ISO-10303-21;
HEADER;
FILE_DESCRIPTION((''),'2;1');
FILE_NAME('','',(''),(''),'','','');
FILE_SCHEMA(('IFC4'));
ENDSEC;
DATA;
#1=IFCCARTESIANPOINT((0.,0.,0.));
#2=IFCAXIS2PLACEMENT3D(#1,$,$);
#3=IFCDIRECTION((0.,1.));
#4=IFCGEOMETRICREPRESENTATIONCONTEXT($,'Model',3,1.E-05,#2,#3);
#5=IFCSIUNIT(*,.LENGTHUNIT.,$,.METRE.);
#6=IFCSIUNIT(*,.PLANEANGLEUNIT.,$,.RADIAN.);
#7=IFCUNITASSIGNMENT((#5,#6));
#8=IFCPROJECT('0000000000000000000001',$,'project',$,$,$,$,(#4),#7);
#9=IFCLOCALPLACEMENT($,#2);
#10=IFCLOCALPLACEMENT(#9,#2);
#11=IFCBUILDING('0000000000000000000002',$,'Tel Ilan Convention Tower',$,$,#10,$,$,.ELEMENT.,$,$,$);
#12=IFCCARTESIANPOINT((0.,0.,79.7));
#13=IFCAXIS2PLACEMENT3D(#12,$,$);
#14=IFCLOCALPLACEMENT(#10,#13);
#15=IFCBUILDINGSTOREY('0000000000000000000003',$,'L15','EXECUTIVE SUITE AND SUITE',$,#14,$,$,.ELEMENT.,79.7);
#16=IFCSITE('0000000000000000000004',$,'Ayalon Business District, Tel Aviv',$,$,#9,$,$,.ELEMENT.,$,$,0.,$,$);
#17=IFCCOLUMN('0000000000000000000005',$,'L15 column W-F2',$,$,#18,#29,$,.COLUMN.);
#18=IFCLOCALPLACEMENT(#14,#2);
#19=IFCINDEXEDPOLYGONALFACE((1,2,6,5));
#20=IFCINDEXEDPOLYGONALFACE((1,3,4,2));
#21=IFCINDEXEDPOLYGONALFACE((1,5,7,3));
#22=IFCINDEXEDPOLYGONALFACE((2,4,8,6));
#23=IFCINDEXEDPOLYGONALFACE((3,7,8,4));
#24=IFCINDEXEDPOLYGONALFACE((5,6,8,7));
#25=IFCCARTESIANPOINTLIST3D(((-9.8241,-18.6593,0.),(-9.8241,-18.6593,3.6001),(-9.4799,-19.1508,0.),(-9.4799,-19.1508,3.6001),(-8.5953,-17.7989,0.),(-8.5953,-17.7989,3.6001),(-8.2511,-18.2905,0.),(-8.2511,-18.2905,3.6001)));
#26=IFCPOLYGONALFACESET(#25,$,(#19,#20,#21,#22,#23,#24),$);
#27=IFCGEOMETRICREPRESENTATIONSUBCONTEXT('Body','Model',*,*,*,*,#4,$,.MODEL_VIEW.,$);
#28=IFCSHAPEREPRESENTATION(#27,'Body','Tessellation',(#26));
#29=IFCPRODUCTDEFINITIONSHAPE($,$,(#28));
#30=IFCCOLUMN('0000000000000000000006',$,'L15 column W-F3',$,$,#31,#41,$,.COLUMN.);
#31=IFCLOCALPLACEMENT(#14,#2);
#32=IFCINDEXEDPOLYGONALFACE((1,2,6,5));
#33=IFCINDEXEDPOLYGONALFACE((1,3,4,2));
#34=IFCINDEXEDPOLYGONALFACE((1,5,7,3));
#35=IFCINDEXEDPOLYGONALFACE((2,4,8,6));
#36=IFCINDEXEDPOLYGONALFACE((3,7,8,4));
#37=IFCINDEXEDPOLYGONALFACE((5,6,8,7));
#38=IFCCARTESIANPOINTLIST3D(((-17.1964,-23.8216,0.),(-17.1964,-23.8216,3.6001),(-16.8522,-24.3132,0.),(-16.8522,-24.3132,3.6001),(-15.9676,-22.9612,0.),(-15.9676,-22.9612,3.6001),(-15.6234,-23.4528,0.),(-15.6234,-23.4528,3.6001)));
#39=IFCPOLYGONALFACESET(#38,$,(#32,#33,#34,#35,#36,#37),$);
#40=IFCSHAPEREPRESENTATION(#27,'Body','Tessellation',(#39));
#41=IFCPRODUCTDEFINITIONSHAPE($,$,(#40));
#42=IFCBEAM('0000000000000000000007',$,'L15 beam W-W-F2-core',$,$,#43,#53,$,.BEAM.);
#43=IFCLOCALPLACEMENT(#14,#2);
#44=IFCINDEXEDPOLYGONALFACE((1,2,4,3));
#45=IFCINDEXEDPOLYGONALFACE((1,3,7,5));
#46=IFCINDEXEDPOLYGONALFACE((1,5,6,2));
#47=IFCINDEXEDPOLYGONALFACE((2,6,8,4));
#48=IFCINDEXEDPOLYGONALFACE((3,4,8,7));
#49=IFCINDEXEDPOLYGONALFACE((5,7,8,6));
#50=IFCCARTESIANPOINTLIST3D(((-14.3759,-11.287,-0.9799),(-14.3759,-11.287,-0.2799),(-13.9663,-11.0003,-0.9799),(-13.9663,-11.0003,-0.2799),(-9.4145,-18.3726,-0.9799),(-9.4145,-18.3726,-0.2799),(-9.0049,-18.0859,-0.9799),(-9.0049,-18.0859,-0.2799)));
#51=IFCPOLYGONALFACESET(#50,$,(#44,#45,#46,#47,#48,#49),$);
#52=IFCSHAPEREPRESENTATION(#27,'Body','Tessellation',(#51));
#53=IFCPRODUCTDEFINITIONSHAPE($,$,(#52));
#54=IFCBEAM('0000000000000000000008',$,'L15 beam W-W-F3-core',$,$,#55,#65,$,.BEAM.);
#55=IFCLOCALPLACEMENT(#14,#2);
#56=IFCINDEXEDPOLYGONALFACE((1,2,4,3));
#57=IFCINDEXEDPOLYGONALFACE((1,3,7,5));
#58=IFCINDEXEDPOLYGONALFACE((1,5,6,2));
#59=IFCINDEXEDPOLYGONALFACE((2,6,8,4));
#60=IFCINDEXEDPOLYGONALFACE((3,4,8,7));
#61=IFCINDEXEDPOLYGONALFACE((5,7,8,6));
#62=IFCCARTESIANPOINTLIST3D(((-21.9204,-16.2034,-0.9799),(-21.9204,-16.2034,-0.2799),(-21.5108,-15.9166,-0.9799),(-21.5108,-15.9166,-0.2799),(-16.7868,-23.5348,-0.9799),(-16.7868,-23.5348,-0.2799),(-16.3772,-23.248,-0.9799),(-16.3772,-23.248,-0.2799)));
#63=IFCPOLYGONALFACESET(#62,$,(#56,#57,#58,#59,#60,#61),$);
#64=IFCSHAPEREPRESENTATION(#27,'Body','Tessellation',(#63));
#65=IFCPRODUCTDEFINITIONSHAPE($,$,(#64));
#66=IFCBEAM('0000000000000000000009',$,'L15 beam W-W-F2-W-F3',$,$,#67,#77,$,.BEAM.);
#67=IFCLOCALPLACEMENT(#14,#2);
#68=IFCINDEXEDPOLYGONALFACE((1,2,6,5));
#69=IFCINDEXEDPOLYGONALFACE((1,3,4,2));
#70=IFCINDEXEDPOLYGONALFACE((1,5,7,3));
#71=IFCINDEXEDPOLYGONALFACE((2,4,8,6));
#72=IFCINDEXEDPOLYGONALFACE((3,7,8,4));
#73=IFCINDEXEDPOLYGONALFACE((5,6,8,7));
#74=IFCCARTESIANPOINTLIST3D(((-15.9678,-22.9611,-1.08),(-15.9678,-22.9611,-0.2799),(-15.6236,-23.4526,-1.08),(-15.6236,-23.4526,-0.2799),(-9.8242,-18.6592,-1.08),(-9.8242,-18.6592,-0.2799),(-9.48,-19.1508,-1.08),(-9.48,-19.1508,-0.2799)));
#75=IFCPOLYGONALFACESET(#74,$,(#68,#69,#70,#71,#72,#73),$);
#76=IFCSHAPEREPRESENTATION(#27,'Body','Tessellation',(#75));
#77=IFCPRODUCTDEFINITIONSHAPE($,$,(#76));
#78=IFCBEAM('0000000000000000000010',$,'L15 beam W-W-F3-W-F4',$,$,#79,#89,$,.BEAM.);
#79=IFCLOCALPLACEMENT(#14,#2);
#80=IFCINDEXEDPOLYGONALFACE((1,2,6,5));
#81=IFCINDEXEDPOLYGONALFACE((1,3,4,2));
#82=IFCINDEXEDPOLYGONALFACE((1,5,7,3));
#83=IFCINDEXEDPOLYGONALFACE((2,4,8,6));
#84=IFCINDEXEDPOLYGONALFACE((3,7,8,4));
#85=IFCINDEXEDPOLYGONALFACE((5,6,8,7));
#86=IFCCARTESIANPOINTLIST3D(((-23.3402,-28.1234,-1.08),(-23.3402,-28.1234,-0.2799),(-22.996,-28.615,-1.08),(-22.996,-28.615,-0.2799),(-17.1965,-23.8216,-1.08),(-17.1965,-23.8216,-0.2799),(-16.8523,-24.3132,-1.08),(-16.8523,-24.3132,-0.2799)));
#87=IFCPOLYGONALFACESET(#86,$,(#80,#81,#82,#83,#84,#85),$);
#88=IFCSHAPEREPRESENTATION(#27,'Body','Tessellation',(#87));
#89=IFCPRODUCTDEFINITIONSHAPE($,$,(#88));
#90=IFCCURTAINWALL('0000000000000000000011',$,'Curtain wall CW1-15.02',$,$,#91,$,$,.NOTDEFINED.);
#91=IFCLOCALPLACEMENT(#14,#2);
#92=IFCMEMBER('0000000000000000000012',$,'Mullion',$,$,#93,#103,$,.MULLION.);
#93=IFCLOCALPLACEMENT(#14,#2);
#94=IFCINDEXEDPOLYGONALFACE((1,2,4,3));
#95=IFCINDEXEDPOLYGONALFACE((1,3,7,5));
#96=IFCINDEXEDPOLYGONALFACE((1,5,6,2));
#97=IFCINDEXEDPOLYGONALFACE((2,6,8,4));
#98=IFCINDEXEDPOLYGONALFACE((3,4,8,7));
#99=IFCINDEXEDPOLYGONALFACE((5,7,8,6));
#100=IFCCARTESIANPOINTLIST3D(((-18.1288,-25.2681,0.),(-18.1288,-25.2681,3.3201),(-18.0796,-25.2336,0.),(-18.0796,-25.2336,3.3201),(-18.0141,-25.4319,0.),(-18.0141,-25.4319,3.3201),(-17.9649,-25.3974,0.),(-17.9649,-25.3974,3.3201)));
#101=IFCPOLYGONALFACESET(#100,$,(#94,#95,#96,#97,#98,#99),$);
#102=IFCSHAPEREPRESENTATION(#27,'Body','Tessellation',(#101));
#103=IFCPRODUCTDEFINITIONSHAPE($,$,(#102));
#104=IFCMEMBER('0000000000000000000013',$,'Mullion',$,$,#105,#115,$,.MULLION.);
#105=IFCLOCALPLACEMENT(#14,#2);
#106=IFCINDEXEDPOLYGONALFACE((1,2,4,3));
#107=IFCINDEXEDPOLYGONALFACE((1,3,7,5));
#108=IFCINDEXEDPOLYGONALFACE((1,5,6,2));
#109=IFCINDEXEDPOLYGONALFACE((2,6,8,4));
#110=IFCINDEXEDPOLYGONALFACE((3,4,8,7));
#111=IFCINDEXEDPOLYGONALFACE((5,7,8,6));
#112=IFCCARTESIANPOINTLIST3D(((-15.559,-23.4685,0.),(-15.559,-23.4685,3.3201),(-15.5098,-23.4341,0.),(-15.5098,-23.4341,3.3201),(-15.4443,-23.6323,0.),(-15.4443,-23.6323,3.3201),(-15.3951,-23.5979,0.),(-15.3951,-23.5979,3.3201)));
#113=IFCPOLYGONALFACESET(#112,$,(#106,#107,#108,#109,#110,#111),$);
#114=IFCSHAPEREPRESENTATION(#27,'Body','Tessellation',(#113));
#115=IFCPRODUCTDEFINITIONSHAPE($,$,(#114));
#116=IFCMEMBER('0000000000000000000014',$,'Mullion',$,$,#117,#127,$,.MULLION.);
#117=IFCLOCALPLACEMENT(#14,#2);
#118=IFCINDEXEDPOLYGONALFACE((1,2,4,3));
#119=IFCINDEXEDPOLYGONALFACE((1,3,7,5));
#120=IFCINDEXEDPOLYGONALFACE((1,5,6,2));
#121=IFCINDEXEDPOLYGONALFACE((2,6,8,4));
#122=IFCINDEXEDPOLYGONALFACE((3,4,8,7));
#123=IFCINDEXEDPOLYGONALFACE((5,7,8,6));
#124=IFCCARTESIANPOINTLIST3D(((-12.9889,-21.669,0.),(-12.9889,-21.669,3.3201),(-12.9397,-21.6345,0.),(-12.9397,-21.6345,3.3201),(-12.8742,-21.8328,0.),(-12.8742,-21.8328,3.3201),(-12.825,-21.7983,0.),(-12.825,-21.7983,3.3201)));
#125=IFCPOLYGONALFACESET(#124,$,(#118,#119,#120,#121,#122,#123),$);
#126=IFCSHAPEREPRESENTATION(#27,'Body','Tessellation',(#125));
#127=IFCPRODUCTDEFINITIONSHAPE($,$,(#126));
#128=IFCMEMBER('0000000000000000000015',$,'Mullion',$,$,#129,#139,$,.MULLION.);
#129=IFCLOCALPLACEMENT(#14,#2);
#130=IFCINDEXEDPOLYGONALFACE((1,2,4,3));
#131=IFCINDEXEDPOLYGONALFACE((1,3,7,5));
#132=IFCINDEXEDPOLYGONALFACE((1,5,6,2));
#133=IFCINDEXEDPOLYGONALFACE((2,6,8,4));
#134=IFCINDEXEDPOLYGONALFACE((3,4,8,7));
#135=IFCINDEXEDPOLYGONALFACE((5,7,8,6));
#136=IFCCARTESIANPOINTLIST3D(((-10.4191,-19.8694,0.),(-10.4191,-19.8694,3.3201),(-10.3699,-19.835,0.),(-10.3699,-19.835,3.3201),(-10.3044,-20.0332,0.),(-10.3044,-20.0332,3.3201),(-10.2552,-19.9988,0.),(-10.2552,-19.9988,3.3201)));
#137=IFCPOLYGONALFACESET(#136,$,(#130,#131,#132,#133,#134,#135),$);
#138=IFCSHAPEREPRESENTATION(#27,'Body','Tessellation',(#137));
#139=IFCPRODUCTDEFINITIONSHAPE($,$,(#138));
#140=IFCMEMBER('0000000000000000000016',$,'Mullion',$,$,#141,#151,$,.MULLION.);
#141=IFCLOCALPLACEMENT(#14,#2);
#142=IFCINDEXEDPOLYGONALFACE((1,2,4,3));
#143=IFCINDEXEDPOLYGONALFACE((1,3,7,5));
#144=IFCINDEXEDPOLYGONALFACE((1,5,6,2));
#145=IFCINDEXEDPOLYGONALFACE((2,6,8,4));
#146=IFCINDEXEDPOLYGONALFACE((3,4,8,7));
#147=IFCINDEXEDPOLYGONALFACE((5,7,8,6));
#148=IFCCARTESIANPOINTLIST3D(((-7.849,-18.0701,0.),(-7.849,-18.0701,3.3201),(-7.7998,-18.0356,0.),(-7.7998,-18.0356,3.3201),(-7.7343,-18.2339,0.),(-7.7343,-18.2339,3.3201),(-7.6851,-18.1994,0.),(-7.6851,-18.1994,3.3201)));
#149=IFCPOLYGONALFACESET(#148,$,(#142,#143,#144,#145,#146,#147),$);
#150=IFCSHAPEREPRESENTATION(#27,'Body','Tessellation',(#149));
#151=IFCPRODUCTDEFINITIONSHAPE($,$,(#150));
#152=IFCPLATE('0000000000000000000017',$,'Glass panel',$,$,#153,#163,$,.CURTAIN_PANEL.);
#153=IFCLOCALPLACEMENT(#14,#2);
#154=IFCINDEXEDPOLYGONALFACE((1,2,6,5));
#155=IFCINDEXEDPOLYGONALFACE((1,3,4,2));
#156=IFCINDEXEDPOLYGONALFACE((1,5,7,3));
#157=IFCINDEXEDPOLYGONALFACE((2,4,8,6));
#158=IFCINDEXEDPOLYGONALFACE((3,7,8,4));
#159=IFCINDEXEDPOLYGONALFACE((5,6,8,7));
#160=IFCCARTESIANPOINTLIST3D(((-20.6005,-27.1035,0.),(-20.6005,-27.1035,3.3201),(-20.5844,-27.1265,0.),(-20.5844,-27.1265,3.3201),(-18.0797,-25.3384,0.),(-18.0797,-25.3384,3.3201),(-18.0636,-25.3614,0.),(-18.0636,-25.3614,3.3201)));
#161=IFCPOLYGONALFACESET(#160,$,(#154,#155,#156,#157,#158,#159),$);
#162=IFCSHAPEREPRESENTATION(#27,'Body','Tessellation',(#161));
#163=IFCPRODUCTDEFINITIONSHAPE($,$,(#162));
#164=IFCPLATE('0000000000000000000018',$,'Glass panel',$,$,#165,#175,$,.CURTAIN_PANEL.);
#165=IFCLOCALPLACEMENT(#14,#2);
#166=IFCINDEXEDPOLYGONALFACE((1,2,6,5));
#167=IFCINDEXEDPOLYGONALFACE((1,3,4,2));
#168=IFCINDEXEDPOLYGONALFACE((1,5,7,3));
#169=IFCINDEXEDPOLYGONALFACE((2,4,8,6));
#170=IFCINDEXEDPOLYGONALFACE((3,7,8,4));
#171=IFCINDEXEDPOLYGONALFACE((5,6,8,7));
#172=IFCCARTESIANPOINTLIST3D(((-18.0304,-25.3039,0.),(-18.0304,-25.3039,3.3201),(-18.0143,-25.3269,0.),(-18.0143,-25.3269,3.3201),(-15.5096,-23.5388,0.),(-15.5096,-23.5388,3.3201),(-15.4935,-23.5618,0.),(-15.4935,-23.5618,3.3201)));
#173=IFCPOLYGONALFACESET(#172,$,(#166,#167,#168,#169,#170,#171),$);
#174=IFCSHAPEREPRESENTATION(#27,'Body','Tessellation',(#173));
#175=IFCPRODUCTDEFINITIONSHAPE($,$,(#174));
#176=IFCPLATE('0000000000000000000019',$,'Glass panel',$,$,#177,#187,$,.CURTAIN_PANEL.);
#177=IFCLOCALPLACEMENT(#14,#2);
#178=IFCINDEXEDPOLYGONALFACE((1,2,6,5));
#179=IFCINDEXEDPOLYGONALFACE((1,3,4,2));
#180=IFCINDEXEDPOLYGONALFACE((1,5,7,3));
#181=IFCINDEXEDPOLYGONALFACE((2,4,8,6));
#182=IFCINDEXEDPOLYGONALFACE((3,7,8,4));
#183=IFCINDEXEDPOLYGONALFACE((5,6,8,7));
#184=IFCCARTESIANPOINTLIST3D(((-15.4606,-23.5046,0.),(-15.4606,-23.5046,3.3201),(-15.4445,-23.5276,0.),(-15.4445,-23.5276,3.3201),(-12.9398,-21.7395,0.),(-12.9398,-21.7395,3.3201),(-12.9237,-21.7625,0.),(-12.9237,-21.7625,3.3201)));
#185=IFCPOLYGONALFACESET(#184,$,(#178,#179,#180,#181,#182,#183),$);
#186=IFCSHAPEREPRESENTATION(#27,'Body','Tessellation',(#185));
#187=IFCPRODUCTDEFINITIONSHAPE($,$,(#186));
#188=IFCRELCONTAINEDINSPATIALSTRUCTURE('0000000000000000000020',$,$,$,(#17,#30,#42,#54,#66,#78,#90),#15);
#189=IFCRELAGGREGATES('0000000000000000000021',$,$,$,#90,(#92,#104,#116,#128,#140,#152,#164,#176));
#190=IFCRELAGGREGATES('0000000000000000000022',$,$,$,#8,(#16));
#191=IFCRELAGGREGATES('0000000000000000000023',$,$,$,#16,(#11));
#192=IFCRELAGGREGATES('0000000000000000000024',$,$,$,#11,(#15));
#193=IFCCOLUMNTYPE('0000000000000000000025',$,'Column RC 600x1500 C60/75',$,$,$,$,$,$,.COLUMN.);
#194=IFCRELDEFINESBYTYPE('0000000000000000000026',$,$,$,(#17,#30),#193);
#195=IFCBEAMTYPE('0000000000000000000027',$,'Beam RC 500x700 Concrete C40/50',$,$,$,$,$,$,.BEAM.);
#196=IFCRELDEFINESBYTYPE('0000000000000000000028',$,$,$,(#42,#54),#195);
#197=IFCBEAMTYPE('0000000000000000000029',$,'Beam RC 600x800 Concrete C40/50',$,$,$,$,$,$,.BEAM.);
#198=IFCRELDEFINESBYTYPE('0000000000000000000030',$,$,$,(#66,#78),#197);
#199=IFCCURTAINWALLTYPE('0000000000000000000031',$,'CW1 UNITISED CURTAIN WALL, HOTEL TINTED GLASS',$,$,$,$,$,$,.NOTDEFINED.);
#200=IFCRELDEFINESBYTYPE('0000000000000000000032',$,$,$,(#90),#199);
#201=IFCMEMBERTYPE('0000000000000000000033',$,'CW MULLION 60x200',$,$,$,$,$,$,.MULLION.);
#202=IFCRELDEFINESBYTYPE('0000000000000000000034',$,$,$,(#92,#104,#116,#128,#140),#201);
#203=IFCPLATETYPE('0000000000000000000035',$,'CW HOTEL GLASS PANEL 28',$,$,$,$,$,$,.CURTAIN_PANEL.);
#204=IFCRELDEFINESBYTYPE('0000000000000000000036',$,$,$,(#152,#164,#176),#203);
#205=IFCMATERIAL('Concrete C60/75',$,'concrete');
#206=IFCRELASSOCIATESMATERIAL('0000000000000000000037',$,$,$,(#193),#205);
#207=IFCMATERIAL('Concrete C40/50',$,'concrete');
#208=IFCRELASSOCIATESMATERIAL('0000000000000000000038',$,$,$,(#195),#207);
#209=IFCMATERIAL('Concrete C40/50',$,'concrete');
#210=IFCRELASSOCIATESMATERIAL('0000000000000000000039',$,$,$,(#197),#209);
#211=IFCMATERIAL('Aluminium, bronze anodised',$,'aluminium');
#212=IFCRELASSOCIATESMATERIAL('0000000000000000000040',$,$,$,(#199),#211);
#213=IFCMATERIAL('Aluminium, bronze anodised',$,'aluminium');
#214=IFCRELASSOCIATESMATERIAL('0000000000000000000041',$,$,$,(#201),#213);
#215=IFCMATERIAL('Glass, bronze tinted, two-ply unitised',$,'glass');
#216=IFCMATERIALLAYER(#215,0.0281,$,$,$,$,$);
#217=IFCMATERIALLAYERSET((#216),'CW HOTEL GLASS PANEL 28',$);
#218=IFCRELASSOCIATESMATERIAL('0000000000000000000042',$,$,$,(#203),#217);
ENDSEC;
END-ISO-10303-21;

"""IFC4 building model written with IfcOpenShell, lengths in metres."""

from ifc_helpers import new_model, si_unit, direction, frame, origin, origin_2d, place, context, subcontext, project, spatial, rectangle, extrude, material, layer, layer_set, material_profile, profile_set, type_object, element, aggregate, save


model = new_model("IFC4")

# Units and contexts
model_context = context("Model", 3, precision=1e-05, world=origin(), true_north=direction((0.0, 1.0)))
body_context = subcontext(model_context, "Body", "Model", "MODEL_VIEW")
ifc_project = project(units=[si_unit("LENGTHUNIT", "METRE"), si_unit("PLANEANGLEUNIT", "RADIAN")], contexts=[model_context])

# Site, building, storey
site_placement = place(None, origin())
site = spatial("IfcSite", under=ifc_project, at=site_placement, Name="Ayalon Business District, Tel Aviv", CompositionType="ELEMENT", RefElevation=0.0)
building_placement = place(site_placement, origin())
building = spatial("IfcBuilding", under=site, at=building_placement, Name="Tel Ilan Convention Tower", CompositionType="ELEMENT")
storey_placement = place(building_placement, frame((0.0, 0.0, 79.7)))
storey = spatial("IfcBuildingStorey", under=building, at=storey_placement, Name="L15", Description="EXECUTIVE SUITE AND SUITE", CompositionType="ELEMENT", Elevation=79.7)

# Columns
ifc_material_1 = material(Name="Concrete C60/75", Category="concrete")
ifc_material_profile_1 = material_profile(ifc_material_1, rectangle(XDim=1.5, YDim=0.6001, at=origin_2d()), Name="RC 600x1500")
ifc_profile_set_1 = profile_set([ifc_material_profile_1], Name="Concrete C60/75")
column_type = type_object("IfcColumnType", Name="Column RC 600x1500 C60/75", PredefinedType="COLUMN", material=ifc_profile_set_1)
for number, where, z_axis, x_axis, name in (
    (1, (-9.0376, -18.4749, 0.0), (0.0, 0.0, 1.0), (-0.819152, -0.573576, 0.0), "L15 column W-F2"),
    (2, (-16.4099, -23.6372, 0.0), (0.0, 0.0, 1.0), (-0.819152, -0.573576, 0.0), "L15 column W-F3"),
):
    element("IfcColumn", number, at=place(storey_placement, frame(where, z_axis=z_axis, x_axis=x_axis)), inside=storey, type_object=column_type, Name=name, PredefinedType="COLUMN", context=body_context, shape_type="SweptSolid", body=[
        extrude(rectangle(XDim=1.5, YDim=0.6001, at=origin_2d()), origin(), (0.0, 0.0, 1.0), 3.6001),
    ])

# Beams
ifc_material_2 = material(Name="Concrete C40/50", Category="concrete")
ifc_material_profile_2 = material_profile(ifc_material_2, rectangle(XDim=0.5, YDim=0.7, at=origin_2d()), Name="RC 500x700")
ifc_profile_set_2 = profile_set([ifc_material_profile_2], Name="Concrete C40/50")
beam_type_1 = type_object("IfcBeamType", Name="Beam RC 500x700 Concrete C40/50", PredefinedType="BEAM", material=ifc_profile_set_2)
beam_1_placement = place(storey_placement, frame((-9.2097, -18.2292, -0.6299), z_axis=(-0.573574, 0.819154, 0.0), x_axis=(-0.819154, -0.573574, 0.0)))
element("IfcBeam", 3, at=beam_1_placement, inside=storey, type_object=beam_type_1, Name="L15 beam W-W-F2-core", PredefinedType="BEAM", context=body_context, shape_type="SweptSolid", body=[
    extrude(rectangle(XDim=0.5, YDim=0.7, at=origin_2d()), origin(), (0.0, 0.0, 1.0), 8.6499),
])
beam_2_placement = place(storey_placement, frame((-16.582, -23.3914, -0.6299), z_axis=(-0.573585, 0.819146, 0.0), x_axis=(-0.819146, -0.573585, 0.0)))
element("IfcBeam", 4, at=beam_2_placement, inside=storey, type_object=beam_type_1, Name="L15 beam W-W-F3-core", PredefinedType="BEAM", context=body_context, shape_type="SweptSolid", body=[
    extrude(rectangle(XDim=0.5, YDim=0.7, at=origin_2d()), origin(), (0.0, 0.0, 1.0), 8.95),
])
ifc_material_3 = material(Name="Concrete C40/50", Category="concrete")
ifc_material_profile_3 = material_profile(ifc_material_3, rectangle(XDim=0.6001, YDim=0.8, at=origin_2d()), Name="RC 600x800")
ifc_profile_set_3 = profile_set([ifc_material_profile_3], Name="Concrete C40/50")
beam_type_2 = type_object("IfcBeamType", Name="Beam RC 600x800 Concrete C40/50", PredefinedType="BEAM", material=ifc_profile_set_3)
for number, where, z_axis, x_axis, name in (
    (5, (-9.6521, -18.905, -0.6799), (-0.819152, -0.573576, 0.0), (0.573576, -0.819152, 0.0), "L15 beam W-W-F2-W-F3"),
    (6, (-17.0244, -24.0674, -0.6799), (-0.819152, -0.573576, 0.0), (0.573576, -0.819152, 0.0), "L15 beam W-W-F3-W-F4"),
):
    element("IfcBeam", number, at=place(storey_placement, frame(where, z_axis=z_axis, x_axis=x_axis)), inside=storey, type_object=beam_type_2, Name=name, PredefinedType="BEAM", context=body_context, shape_type="SweptSolid", body=[
        extrude(rectangle(XDim=0.6001, YDim=0.8, at=origin_2d()), origin(), (0.0, 0.0, 1.0), 7.5),
    ])

# Curtain wall, members, plates
ifc_material_4 = material(Name="Aluminium, bronze anodised", Category="aluminium")
curtain_wall_type = type_object("IfcCurtainWallType", Name="CW1 UNITISED CURTAIN WALL, HOTEL TINTED GLASS", PredefinedType="NOTDEFINED", material=ifc_material_4)
curtain_wall_placement = place(storey_placement, origin())
curtain_wall = element("IfcCurtainWall", 7, at=curtain_wall_placement, inside=storey, type_object=curtain_wall_type, Name="Curtain wall CW1-15.02", PredefinedType="NOTDEFINED")
ifc_material_5 = material(Name="Aluminium, bronze anodised", Category="aluminium")
ifc_material_profile_4 = material_profile(ifc_material_5, rectangle(XDim=0.0601, YDim=0.2, at=origin_2d()), Name="CW MULLION 60x200")
ifc_profile_set_4 = profile_set([ifc_material_profile_4], Name="Aluminium, bronze anodised")
member_type = type_object("IfcMemberType", Name="CW MULLION 60x200", PredefinedType="MULLION", material=ifc_profile_set_4)
member_1_placement = place(storey_placement, frame((-18.0469, -25.3328, 0.0), z_axis=(0.0, 0.0, 1.0), x_axis=(0.819152, 0.573576, 0.0)))
member_1 = element("IfcMember", 8, at=member_1_placement, type_object=member_type, Name="Mullion", PredefinedType="MULLION", context=body_context, shape_type="SweptSolid", body=[
    extrude(rectangle(XDim=0.0601, YDim=0.2, at=origin_2d()), origin(), (0.0, 0.0, 1.0), 3.3201),
])
member_2_placement = place(storey_placement, frame((-15.4771, -23.5332, 0.0), z_axis=(0.0, 0.0, 1.0), x_axis=(0.819152, 0.573576, 0.0)))
member_2 = element("IfcMember", 9, at=member_2_placement, type_object=member_type, Name="Mullion", PredefinedType="MULLION", context=body_context, shape_type="SweptSolid", body=[
    extrude(rectangle(XDim=0.0601, YDim=0.2, at=origin_2d()), origin(), (0.0, 0.0, 1.0), 3.3201),
])
member_3_placement = place(storey_placement, frame((-12.907, -21.7336, 0.0), z_axis=(0.0, 0.0, 1.0), x_axis=(0.819152, 0.573576, 0.0)))
member_3 = element("IfcMember", 10, at=member_3_placement, type_object=member_type, Name="Mullion", PredefinedType="MULLION", context=body_context, shape_type="SweptSolid", body=[
    extrude(rectangle(XDim=0.0601, YDim=0.2, at=origin_2d()), origin(), (0.0, 0.0, 1.0), 3.3201),
])
member_4_placement = place(storey_placement, frame((-10.3372, -19.9341, 0.0), z_axis=(0.0, 0.0, 1.0), x_axis=(0.819152, 0.573576, 0.0)))
member_4 = element("IfcMember", 11, at=member_4_placement, type_object=member_type, Name="Mullion", PredefinedType="MULLION", context=body_context, shape_type="SweptSolid", body=[
    extrude(rectangle(XDim=0.0601, YDim=0.2, at=origin_2d()), origin(), (0.0, 0.0, 1.0), 3.3201),
])
member_5_placement = place(storey_placement, frame((-7.7671, -18.1348, 0.0), z_axis=(0.0, 0.0, 1.0), x_axis=(0.819152, 0.573576, 0.0)))
member_5 = element("IfcMember", 12, at=member_5_placement, type_object=member_type, Name="Mullion", PredefinedType="MULLION", context=body_context, shape_type="SweptSolid", body=[
    extrude(rectangle(XDim=0.0601, YDim=0.2, at=origin_2d()), origin(), (0.0, 0.0, 1.0), 3.3201),
])
ifc_material_6 = material(Name="Glass, bronze tinted, two-ply unitised", Category="glass")
ifc_layer_1 = layer(ifc_material_6, 0.0281)
ifc_layer_set_1 = layer_set([ifc_layer_1], Name="CW HOTEL GLASS PANEL 28")
plate_type = type_object("IfcPlateType", Name="CW HOTEL GLASS PANEL 28", PredefinedType="CURTAIN_PANEL", material=ifc_layer_set_1)
plate_1_placement = place(storey_placement, frame((-19.332, -26.2324, 0.0), z_axis=(0.0, 0.0, 1.0), x_axis=(0.819152, 0.573576, 0.0)))
plate_1 = element("IfcPlate", 13, at=plate_1_placement, type_object=plate_type, Name="Glass panel", PredefinedType="CURTAIN_PANEL", context=body_context, shape_type="SweptSolid", body=[
    extrude(rectangle(XDim=3.0774, YDim=0.0281, at=origin_2d()), origin(), (0.0, 0.0, 1.0), 3.3201),
])
plate_2_placement = place(storey_placement, frame((-16.762, -24.4329, 0.0), z_axis=(0.0, 0.0, 1.0), x_axis=(0.819152, 0.573576, 0.0)))
plate_2 = element("IfcPlate", 14, at=plate_2_placement, type_object=plate_type, Name="Glass panel", PredefinedType="CURTAIN_PANEL", context=body_context, shape_type="SweptSolid", body=[
    extrude(rectangle(XDim=3.0774, YDim=0.0281, at=origin_2d()), origin(), (0.0, 0.0, 1.0), 3.3201),
])
plate_3_placement = place(storey_placement, frame((-14.1921, -22.6335, 0.0), z_axis=(0.0, 0.0, 1.0), x_axis=(0.819152, 0.573576, 0.0)))
plate_3 = element("IfcPlate", 15, at=plate_3_placement, type_object=plate_type, Name="Glass panel", PredefinedType="CURTAIN_PANEL", context=body_context, shape_type="SweptSolid", body=[
    extrude(rectangle(XDim=3.0774, YDim=0.0281, at=origin_2d()), origin(), (0.0, 0.0, 1.0), 3.3201),
])
aggregate(curtain_wall, [member_1, member_2, member_3, member_4, member_5, plate_1, plate_2, plate_3])

save(model, "model.ifc")
